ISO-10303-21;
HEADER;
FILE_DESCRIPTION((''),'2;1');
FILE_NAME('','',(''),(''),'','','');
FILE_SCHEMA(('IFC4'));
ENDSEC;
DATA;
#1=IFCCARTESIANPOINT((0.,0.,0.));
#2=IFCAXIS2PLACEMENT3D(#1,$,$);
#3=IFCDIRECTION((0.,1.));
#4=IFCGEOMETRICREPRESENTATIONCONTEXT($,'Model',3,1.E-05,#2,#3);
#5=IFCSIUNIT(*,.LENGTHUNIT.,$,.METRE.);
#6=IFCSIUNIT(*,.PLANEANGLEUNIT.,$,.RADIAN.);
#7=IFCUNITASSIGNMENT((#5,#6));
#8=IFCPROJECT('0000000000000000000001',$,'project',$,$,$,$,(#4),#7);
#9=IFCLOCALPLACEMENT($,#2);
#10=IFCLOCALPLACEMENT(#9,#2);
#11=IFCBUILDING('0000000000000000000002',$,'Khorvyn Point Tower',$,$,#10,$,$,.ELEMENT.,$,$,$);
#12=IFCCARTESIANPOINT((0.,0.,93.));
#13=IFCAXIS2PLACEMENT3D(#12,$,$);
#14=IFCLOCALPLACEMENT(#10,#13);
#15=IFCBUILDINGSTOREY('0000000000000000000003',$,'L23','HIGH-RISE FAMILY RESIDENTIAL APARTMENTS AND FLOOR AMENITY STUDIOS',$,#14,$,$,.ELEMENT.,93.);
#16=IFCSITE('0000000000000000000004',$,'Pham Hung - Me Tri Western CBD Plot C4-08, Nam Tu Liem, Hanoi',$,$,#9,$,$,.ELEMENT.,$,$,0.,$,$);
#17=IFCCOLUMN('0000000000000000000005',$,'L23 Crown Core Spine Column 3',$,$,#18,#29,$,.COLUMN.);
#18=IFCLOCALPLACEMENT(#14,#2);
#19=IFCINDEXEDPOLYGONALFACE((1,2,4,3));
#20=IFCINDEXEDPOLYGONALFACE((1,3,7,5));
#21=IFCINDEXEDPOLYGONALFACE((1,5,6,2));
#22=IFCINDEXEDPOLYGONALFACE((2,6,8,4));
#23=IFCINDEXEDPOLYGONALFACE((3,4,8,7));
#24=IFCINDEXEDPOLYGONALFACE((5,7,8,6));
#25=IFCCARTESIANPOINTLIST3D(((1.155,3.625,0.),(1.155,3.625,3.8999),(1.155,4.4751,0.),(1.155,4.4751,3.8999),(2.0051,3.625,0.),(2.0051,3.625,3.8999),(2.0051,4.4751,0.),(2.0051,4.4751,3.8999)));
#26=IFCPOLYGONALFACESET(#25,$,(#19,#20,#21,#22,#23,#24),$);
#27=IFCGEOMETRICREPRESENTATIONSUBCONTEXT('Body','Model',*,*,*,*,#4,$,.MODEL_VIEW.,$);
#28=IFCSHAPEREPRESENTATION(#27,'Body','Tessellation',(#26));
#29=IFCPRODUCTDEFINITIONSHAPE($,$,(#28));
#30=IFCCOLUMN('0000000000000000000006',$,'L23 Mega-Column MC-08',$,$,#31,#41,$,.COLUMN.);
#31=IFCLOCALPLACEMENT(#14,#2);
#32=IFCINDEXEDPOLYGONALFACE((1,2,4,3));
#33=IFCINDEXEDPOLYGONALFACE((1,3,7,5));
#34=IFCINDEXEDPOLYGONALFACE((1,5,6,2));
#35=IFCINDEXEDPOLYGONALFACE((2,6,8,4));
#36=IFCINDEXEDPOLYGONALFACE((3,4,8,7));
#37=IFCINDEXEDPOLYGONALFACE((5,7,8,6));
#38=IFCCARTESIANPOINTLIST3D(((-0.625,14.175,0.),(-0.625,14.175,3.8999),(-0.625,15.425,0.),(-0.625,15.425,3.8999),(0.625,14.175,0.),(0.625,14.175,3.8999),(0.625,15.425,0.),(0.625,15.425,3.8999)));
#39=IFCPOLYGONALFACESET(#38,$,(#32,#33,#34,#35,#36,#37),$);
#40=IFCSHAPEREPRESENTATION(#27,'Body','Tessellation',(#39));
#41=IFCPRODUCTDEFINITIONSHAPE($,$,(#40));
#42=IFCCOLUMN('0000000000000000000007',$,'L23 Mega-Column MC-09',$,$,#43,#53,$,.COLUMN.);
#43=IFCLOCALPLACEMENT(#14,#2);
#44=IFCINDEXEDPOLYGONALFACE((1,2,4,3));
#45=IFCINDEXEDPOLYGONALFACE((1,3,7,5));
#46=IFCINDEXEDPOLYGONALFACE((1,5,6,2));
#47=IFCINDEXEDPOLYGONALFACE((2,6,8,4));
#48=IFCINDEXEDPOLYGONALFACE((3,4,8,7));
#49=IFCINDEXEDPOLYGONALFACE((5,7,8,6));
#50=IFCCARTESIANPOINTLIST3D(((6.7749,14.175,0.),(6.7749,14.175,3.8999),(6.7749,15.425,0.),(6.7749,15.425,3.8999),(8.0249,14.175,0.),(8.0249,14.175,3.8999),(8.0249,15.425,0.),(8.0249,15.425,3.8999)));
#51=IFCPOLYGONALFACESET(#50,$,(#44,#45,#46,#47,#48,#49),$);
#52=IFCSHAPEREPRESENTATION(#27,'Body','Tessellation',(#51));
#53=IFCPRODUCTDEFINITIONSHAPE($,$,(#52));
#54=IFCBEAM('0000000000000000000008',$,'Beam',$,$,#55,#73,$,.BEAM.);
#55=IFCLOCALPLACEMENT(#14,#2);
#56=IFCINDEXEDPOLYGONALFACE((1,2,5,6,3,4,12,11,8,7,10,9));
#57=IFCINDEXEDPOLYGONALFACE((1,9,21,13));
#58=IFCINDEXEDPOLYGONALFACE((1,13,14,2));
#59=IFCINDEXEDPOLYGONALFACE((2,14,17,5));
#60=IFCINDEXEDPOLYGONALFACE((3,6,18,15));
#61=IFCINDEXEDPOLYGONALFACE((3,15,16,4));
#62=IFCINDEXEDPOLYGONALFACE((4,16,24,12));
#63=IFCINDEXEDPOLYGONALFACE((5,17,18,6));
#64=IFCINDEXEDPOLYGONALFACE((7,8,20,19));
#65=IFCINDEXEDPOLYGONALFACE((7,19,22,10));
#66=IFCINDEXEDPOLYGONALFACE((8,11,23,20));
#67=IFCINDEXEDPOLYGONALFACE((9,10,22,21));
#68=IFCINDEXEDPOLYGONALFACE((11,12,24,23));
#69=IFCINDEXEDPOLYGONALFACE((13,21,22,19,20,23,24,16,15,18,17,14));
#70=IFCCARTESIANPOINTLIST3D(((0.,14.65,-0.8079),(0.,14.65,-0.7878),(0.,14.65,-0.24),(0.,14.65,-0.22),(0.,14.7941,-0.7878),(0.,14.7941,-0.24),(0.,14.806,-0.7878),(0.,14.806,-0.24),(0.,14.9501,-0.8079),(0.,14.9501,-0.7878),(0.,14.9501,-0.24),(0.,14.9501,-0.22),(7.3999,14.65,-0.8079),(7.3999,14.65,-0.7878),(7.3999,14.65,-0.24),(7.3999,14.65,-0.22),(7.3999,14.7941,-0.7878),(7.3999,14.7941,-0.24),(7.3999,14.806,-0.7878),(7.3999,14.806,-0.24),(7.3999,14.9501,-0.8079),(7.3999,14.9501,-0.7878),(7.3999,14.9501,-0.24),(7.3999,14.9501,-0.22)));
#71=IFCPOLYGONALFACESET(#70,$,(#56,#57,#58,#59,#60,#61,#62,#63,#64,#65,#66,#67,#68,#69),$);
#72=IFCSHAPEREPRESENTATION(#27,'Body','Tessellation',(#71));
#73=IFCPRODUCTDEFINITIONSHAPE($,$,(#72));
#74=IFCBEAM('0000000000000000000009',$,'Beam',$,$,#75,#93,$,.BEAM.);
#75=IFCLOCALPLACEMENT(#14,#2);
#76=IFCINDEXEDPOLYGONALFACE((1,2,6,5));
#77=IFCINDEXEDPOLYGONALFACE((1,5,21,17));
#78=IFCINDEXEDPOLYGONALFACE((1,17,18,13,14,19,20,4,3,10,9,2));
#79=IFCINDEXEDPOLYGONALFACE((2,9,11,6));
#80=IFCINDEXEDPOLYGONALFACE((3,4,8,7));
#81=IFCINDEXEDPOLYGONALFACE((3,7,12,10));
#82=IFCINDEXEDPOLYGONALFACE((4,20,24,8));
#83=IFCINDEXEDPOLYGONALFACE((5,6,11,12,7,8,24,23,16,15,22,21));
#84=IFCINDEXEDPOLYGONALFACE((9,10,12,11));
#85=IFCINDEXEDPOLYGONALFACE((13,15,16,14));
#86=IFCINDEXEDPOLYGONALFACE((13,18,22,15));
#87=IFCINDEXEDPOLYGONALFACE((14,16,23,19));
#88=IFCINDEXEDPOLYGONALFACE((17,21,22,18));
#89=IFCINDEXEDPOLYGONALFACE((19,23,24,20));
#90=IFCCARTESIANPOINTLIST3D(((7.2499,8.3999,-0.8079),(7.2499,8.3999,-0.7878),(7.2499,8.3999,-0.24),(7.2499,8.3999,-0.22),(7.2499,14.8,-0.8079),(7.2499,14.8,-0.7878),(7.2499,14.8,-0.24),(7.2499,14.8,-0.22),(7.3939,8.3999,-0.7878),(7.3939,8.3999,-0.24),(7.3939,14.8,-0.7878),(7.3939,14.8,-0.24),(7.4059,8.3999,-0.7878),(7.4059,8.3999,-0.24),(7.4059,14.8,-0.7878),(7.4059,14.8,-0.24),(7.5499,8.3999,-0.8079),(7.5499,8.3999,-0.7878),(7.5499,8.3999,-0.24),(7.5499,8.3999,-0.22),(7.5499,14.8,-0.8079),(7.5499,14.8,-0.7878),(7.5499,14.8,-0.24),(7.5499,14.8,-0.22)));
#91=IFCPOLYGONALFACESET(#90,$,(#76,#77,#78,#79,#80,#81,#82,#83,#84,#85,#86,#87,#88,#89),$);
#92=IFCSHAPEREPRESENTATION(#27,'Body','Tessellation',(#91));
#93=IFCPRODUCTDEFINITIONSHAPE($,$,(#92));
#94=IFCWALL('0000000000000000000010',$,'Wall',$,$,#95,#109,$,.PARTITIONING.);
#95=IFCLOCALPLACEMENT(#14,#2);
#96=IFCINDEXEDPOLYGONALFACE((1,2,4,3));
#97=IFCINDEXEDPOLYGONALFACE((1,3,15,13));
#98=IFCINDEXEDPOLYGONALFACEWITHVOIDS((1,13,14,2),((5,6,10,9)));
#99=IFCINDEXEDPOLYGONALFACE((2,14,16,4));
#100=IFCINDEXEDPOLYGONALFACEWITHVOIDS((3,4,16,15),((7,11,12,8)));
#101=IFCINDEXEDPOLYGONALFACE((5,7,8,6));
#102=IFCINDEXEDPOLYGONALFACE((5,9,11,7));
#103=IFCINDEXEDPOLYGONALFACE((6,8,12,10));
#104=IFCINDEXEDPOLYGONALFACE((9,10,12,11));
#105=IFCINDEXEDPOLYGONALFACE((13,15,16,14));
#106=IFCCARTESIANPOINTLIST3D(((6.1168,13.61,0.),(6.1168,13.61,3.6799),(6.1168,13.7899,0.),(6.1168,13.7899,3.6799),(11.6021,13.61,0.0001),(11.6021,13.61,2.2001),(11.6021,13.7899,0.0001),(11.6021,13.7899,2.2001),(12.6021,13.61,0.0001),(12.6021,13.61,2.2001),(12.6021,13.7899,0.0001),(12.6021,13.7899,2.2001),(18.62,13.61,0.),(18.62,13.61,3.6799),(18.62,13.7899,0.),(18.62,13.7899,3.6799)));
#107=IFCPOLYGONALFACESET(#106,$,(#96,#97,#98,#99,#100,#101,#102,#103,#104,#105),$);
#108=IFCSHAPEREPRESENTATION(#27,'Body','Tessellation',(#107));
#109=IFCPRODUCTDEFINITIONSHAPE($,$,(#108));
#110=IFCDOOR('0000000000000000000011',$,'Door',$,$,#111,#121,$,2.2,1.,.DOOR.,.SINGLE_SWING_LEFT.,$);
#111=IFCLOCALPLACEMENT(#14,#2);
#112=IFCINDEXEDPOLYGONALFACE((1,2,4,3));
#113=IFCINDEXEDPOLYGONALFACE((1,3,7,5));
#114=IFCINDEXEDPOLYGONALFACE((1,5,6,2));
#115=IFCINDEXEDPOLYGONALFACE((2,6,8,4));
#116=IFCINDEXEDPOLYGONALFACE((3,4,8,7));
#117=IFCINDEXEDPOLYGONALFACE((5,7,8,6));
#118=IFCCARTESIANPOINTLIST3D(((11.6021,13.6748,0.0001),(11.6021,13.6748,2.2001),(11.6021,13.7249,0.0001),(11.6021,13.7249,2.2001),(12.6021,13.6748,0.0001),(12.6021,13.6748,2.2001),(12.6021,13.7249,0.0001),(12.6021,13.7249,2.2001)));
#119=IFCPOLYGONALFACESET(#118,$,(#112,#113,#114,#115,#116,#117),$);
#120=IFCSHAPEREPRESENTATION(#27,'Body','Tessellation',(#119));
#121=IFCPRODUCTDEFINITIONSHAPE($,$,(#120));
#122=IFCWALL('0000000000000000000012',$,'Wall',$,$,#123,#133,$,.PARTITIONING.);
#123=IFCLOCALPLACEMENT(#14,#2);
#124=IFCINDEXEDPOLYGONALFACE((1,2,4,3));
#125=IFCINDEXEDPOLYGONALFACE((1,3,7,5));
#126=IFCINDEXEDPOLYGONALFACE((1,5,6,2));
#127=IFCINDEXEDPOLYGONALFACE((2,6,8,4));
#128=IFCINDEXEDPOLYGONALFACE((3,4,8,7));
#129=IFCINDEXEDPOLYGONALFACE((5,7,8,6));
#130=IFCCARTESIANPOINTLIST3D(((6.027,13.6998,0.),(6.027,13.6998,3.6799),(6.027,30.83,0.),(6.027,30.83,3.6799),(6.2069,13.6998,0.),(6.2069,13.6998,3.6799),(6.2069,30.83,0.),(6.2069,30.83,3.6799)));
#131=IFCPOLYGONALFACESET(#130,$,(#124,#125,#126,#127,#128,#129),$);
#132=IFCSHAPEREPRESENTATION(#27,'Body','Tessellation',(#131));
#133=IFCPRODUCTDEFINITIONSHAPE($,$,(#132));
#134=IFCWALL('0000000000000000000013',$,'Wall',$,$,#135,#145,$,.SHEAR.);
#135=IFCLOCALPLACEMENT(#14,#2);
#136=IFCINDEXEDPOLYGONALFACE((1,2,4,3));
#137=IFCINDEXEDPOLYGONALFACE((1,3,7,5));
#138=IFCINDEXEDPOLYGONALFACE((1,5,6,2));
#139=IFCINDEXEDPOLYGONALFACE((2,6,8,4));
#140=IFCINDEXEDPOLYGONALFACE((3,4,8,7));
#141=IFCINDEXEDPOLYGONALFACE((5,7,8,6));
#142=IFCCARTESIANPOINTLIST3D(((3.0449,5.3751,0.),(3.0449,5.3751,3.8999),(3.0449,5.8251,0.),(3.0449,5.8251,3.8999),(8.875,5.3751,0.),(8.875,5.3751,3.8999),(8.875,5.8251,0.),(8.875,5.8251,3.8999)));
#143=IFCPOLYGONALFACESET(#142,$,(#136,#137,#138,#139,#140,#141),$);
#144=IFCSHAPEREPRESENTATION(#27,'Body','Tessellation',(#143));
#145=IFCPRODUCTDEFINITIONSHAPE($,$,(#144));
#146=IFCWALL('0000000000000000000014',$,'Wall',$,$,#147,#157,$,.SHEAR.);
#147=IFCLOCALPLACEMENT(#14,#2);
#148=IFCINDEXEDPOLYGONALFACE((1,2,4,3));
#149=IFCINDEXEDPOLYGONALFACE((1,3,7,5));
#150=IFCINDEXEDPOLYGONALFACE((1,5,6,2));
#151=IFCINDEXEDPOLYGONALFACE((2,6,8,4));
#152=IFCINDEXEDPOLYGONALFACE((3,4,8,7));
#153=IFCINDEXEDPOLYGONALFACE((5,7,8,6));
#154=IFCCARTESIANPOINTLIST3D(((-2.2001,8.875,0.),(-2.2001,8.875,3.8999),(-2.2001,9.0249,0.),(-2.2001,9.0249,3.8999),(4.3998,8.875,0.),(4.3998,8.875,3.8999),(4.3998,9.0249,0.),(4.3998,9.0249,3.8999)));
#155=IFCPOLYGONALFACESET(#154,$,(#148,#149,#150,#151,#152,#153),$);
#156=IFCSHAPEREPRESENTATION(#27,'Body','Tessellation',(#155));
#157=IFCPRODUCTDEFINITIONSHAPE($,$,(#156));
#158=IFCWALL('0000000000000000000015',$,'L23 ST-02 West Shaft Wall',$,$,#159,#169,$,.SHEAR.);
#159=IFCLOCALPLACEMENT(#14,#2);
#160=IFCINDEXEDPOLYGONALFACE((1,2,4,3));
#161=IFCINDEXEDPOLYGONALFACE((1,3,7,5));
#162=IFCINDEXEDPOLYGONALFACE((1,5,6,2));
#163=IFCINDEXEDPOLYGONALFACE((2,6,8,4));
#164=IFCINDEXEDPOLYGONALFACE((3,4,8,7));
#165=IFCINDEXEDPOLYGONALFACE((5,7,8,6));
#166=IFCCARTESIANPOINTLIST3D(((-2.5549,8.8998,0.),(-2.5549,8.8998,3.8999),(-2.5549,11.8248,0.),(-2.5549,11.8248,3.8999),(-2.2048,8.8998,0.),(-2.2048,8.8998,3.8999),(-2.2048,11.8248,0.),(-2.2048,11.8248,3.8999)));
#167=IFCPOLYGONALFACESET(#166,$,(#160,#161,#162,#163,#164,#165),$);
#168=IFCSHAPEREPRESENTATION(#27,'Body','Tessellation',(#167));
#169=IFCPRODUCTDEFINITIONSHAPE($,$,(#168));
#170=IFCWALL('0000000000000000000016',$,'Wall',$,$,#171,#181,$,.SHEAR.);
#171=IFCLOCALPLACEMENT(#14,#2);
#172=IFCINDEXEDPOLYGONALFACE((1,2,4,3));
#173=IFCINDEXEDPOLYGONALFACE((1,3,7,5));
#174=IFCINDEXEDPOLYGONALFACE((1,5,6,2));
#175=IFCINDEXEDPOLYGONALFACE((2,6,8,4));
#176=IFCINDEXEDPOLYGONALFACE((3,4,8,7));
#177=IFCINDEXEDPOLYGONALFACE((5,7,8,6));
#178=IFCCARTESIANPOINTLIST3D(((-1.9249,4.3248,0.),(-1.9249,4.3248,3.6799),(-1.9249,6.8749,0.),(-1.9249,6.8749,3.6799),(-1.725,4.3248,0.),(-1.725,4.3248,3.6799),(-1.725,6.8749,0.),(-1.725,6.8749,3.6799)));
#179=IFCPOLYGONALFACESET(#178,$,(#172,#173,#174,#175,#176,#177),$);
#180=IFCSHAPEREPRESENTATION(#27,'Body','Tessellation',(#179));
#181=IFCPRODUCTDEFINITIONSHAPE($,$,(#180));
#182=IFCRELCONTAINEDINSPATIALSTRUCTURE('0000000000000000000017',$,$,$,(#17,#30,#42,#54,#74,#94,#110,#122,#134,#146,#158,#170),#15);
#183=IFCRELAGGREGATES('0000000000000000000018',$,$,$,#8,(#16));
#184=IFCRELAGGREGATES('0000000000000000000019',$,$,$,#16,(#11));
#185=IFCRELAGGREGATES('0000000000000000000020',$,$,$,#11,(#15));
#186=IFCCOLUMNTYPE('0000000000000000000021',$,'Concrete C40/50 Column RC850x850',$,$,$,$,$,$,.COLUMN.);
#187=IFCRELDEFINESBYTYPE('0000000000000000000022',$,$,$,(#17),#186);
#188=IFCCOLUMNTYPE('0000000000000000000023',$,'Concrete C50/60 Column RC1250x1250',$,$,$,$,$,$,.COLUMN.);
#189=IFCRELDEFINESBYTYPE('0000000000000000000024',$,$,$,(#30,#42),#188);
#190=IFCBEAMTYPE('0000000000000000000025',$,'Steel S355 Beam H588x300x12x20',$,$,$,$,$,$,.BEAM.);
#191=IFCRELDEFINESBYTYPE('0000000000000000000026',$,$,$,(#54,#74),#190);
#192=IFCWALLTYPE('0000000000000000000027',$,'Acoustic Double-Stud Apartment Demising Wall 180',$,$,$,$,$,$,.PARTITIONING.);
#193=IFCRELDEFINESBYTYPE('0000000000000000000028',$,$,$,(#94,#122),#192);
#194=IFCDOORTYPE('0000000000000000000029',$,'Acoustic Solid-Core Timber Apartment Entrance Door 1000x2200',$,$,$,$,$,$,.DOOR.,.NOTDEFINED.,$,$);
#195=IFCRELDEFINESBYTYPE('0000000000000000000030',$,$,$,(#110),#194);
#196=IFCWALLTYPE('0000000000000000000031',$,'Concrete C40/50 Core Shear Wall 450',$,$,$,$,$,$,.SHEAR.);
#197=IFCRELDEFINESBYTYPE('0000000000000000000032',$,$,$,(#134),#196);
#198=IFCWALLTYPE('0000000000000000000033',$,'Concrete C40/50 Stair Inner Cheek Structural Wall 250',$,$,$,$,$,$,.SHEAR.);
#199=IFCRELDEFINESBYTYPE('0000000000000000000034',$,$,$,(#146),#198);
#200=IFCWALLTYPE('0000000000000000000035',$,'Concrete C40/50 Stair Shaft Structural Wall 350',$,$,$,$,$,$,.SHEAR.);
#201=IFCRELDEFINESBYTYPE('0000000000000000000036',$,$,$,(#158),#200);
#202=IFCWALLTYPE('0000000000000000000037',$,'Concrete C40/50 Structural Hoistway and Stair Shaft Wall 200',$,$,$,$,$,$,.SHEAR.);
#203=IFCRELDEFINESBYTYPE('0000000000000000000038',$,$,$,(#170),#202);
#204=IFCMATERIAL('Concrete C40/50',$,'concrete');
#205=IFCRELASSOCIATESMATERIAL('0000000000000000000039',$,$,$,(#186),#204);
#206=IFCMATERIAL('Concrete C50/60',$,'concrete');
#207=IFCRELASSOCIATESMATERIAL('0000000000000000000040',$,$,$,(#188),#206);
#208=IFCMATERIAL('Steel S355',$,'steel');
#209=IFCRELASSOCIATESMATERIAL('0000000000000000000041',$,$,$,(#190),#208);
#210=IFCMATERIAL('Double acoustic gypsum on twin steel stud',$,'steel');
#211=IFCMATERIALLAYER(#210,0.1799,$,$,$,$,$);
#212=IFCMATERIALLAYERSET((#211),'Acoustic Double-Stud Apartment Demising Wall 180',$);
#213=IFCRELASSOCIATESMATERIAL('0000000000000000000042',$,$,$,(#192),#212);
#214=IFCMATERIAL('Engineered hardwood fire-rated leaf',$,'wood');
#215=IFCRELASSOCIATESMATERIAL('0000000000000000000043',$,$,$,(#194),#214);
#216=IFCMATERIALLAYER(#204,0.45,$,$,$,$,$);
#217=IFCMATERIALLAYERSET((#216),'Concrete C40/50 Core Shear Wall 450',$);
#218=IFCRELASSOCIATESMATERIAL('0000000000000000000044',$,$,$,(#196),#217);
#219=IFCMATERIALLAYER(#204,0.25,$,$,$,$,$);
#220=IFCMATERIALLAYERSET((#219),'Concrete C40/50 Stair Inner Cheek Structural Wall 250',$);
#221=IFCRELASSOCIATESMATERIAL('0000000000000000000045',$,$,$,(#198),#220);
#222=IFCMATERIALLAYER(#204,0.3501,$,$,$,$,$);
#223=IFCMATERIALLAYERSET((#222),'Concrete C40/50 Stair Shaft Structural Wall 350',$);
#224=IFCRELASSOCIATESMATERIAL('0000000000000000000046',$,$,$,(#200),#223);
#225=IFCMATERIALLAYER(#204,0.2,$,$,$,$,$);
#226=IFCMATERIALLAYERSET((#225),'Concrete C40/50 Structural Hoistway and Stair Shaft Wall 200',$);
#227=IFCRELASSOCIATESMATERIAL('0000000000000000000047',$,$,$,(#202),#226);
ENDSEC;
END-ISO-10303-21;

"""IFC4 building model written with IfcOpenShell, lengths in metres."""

from ifc_helpers import new_model, si_unit, direction, frame, frame_2d, origin, origin_2d, place, context, subcontext, project, spatial, rectangle, i_section, extrude, material, layer, layer_set, material_profile, profile_set, type_object, element, fill, save


model = new_model("IFC4")

# Units and contexts
model_context = context("Model", 3, precision=1e-05, world=origin(), true_north=direction((0.0, 1.0)))
body_context = subcontext(model_context, "Body", "Model", "MODEL_VIEW")
ifc_project = project(units=[si_unit("LENGTHUNIT", "METRE"), si_unit("PLANEANGLEUNIT", "RADIAN")], contexts=[model_context])

# Site, building, storey
site_placement = place(None, origin())
site = spatial("IfcSite", under=ifc_project, at=site_placement, Name="Pham Hung - Me Tri Western CBD Plot C4-08, Nam Tu Liem, Hanoi", CompositionType="ELEMENT", RefElevation=0.0)
building_placement = place(site_placement, origin())
building = spatial("IfcBuilding", under=site, at=building_placement, Name="Khorvyn Point Tower", CompositionType="ELEMENT")
storey_placement = place(building_placement, frame((0.0, 0.0, 93.0)))
storey = spatial("IfcBuildingStorey", under=building, at=storey_placement, Name="L23", Description="HIGH-RISE FAMILY RESIDENTIAL APARTMENTS AND FLOOR AMENITY STUDIOS", CompositionType="ELEMENT", Elevation=93.0)

# Columns
ifc_material_1 = material(Name="Concrete C40/50", Category="concrete")
ifc_material_profile_1 = material_profile(ifc_material_1, rectangle(XDim=0.8501, YDim=0.8501, at=origin_2d()))
ifc_profile_set_1 = profile_set([ifc_material_profile_1], Name="Concrete C40/50 RC850x850")
column_type_1 = type_object("IfcColumnType", Name="Concrete C40/50 Column RC850x850", PredefinedType="COLUMN", material=ifc_profile_set_1)
column_placement = place(storey_placement, frame((1.5801, 4.05, 0.0), z_axis=(0.0, 0.0, 1.0), x_axis=(1.0, 0.0, 0.0)))
element("IfcColumn", 1, at=column_placement, inside=storey, type_object=column_type_1, Name="L23 Crown Core Spine Column 3", PredefinedType="COLUMN", context=body_context, shape_type="SweptSolid", body=[
    extrude(rectangle(XDim=0.8501, YDim=0.8501, at=origin_2d()), origin(), (0.0, 0.0, 1.0), 3.8999),
])
ifc_material_2 = material(Name="Concrete C50/60", Category="concrete")
ifc_material_profile_2 = material_profile(ifc_material_2, rectangle(XDim=1.25, YDim=1.25, at=origin_2d()))
ifc_profile_set_2 = profile_set([ifc_material_profile_2], Name="Concrete C50/60 RC1250x1250")
column_type_2 = type_object("IfcColumnType", Name="Concrete C50/60 Column RC1250x1250", PredefinedType="COLUMN", material=ifc_profile_set_2)
for number, where, z_axis, x_axis, name in (
    (2, (0.0, 14.8, 0.0), (0.0, 0.0, 1.0), (1.0, 0.0, 0.0), "L23 Mega-Column MC-08"),
    (3, (7.3999, 14.8, 0.0), (0.0, 0.0, 1.0), (1.0, 0.0, 0.0), "L23 Mega-Column MC-09"),
):
    element("IfcColumn", number, at=place(storey_placement, frame(where, z_axis=z_axis, x_axis=x_axis)), inside=storey, type_object=column_type_2, Name=name, PredefinedType="COLUMN", context=body_context, shape_type="SweptSolid", body=[
        extrude(rectangle(XDim=1.25, YDim=1.25, at=origin_2d()), origin(), (0.0, 0.0, 1.0), 3.8999),
    ])

# Beams
ifc_material_3 = material(Name="Steel S355", Category="steel")
ifc_material_profile_3 = material_profile(ifc_material_3, i_section(OverallWidth=0.3, OverallDepth=0.5879, WebThickness=0.012, FlangeThickness=0.02, at=origin_2d()))
ifc_profile_set_3 = profile_set([ifc_material_profile_3], Name="Steel S355 H588x300x12x20")
beam_type = type_object("IfcBeamType", Name="Steel S355 Beam H588x300x12x20", PredefinedType="BEAM", material=ifc_profile_set_3)
beam_1_placement = place(storey_placement, frame((0.0, 14.8, -0.5139), z_axis=(1.0, 0.0, 0.0), x_axis=(0.0, 1.0, 0.0)))
element("IfcBeam", 4, at=beam_1_placement, inside=storey, type_object=beam_type, Name="Beam", PredefinedType="BEAM", context=body_context, shape_type="SweptSolid", body=[
    extrude(i_section(OverallWidth=0.3, OverallDepth=0.5879, WebThickness=0.012, FlangeThickness=0.02, at=origin_2d()), origin(), (0.0, 0.0, 1.0), 7.3999),
])
beam_2_placement = place(storey_placement, frame((7.3999, 8.3999, -0.5139), z_axis=(0.0, 1.0, 0.0), x_axis=(-1.0, 0.0, 0.0)))
element("IfcBeam", 5, at=beam_2_placement, inside=storey, type_object=beam_type, Name="Beam", PredefinedType="BEAM", context=body_context, shape_type="SweptSolid", body=[
    extrude(i_section(OverallWidth=0.3, OverallDepth=0.5879, WebThickness=0.012, FlangeThickness=0.02, at=origin_2d()), origin(), (0.0, 0.0, 1.0), 6.4001),
])

# Wall, opening, door
ifc_material_4 = material(Name="Double acoustic gypsum on twin steel stud", Category="steel")
ifc_layer_1 = layer(ifc_material_4, 0.1799)
ifc_layer_set_1 = layer_set([ifc_layer_1], Name="Acoustic Double-Stud Apartment Demising Wall 180")
wall_type_1 = type_object("IfcWallType", Name="Acoustic Double-Stud Apartment Demising Wall 180", PredefinedType="PARTITIONING", material=ifc_layer_set_1)
wall_1_placement = place(storey_placement, frame((6.1169, 13.7, 0.0), z_axis=(0.0, 0.0, 1.0), x_axis=(1.0, 0.0, 0.0)))
wall_1 = element("IfcWall", 6, at=wall_1_placement, inside=storey, type_object=wall_type_1, Name="Wall", PredefinedType="PARTITIONING", context=body_context, shape_type="SweptSolid", body=[
    extrude(rectangle(XDim=12.5032, YDim=0.1799, at=frame_2d((6.2515, 0.0))), origin(), (0.0, 0.0, 1.0), 3.6799),
])
opening_1_placement = place(wall_1_placement, frame((5.4851, 0.0, 0.0)))
opening_1 = element("IfcOpeningElement", 7, at=opening_1_placement, cuts=wall_1, PredefinedType="OPENING", context=body_context, shape_type="SweptSolid", body=[
    extrude(rectangle(XDim=1.0, YDim=2.2, at=frame_2d((0.5, 1.1001))), frame((0.0, 0.0999, 0.0), z_axis=(0.0, -1.0, 0.0), x_axis=(1.0, 0.0, 0.0)), (0.0, 0.0, 1.0), 0.2),
])
ifc_material_5 = material(Name="Engineered hardwood fire-rated leaf", Category="wood")
door_type_1 = type_object("IfcDoorType", Name="Acoustic Solid-Core Timber Apartment Entrance Door 1000x2200", OperationType="NOTDEFINED", PredefinedType="DOOR", material=ifc_material_5)
door_1_placement = place(opening_1_placement, origin())
door_1 = element("IfcDoor", 8, at=door_1_placement, inside=storey, type_object=door_type_1, Name="Door", OperationType="SINGLE_SWING_LEFT", OverallHeight=2.2, OverallWidth=1.0, PredefinedType="DOOR", context=body_context, shape_type="SweptSolid", body=[
    extrude(rectangle(XDim=1.0, YDim=2.2, at=frame_2d((0.5, 1.1001))), frame((0.0, 0.0249, 0.0), z_axis=(0.0, -1.0, 0.0), x_axis=(1.0, 0.0, 0.0)), (0.0, 0.0, 1.0), 0.05),
])
fill(opening_1, door_1)

# Walls
wall_2_placement = place(storey_placement, frame((6.1169, 13.7, 0.0), z_axis=(0.0, 0.0, 1.0), x_axis=(0.0, 1.0, 0.0)))
element("IfcWall", 9, at=wall_2_placement, inside=storey, type_object=wall_type_1, Name="Wall", PredefinedType="PARTITIONING", context=body_context, shape_type="SweptSolid", body=[
    extrude(rectangle(XDim=17.1301, YDim=0.1799, at=frame_2d((8.5649, 0.0))), origin(), (0.0, 0.0, 1.0), 3.6799),
])
ifc_layer_2 = layer(ifc_material_1, 0.45)
ifc_layer_set_2 = layer_set([ifc_layer_2], Name="Concrete C40/50 Core Shear Wall 450")
wall_type_2 = type_object("IfcWallType", Name="Concrete C40/50 Core Shear Wall 450", PredefinedType="SHEAR", material=ifc_layer_set_2)
wall_3_placement = place(storey_placement, frame((3.0449, 5.6001, 0.0), z_axis=(0.0, 0.0, 1.0), x_axis=(1.0, 0.0, 0.0)))
element("IfcWall", 10, at=wall_3_placement, inside=storey, type_object=wall_type_2, Name="Wall", PredefinedType="SHEAR", context=body_context, shape_type="SweptSolid", body=[
    extrude(rectangle(XDim=5.8301, YDim=0.45, at=frame_2d((2.915, 0.0))), origin(), (0.0, 0.0, 1.0), 3.8999),
])

# Walls
ifc_layer_3 = layer(ifc_material_1, 0.25)
ifc_layer_set_3 = layer_set([ifc_layer_3], Name="Concrete C40/50 Stair Inner Cheek Structural Wall 250")
wall_type_3 = type_object("IfcWallType", Name="Concrete C40/50 Stair Inner Cheek Structural Wall 250", PredefinedType="SHEAR", material=ifc_layer_set_3)
wall_4_placement = place(storey_placement, frame((-2.2, 8.95, 0.0), z_axis=(0.0, 0.0, 1.0), x_axis=(1.0, 0.0, 0.0)))
element("IfcWall", 11, at=wall_4_placement, inside=storey, type_object=wall_type_3, Name="Wall", PredefinedType="SHEAR", context=body_context, shape_type="SweptSolid", body=[
    extrude(rectangle(XDim=6.5999, YDim=0.1499, at=frame_2d((3.2998, 0.0))), origin(), (0.0, 0.0, 1.0), 3.8999),
])
ifc_layer_4 = layer(ifc_material_1, 0.3501)
ifc_layer_set_4 = layer_set([ifc_layer_4], Name="Concrete C40/50 Stair Shaft Structural Wall 350")
wall_type_4 = type_object("IfcWallType", Name="Concrete C40/50 Stair Shaft Structural Wall 350", PredefinedType="SHEAR", material=ifc_layer_set_4)
wall_5_placement = place(storey_placement, frame((-2.3799, 8.8999, 0.0), z_axis=(0.0, 0.0, 1.0), x_axis=(0.0, 1.0, 0.0)))
element("IfcWall", 12, at=wall_5_placement, inside=storey, type_object=wall_type_4, Name="L23 ST-02 West Shaft Wall", PredefinedType="SHEAR", context=body_context, shape_type="SweptSolid", body=[
    extrude(rectangle(XDim=2.925, YDim=0.3501, at=frame_2d((1.4624, 0.0))), origin(), (0.0, 0.0, 1.0), 3.8999),
])

# Wall
ifc_layer_5 = layer(ifc_material_1, 0.2)
ifc_layer_set_5 = layer_set([ifc_layer_5], Name="Concrete C40/50 Structural Hoistway and Stair Shaft Wall 200")
wall_type_5 = type_object("IfcWallType", Name="Concrete C40/50 Structural Hoistway and Stair Shaft Wall 200", PredefinedType="SHEAR", material=ifc_layer_set_5)
wall_6_placement = place(storey_placement, frame((-1.825, 4.325, 0.0), z_axis=(0.0, 0.0, 1.0), x_axis=(0.0, 1.0, 0.0)))
element("IfcWall", 13, at=wall_6_placement, inside=storey, type_object=wall_type_5, Name="Wall", PredefinedType="SHEAR", context=body_context, shape_type="SweptSolid", body=[
    extrude(rectangle(XDim=2.55, YDim=0.2, at=frame_2d((1.2749, 0.0))), origin(), (0.0, 0.0, 1.0), 3.6799),
])

save(model, "model.ifc")
